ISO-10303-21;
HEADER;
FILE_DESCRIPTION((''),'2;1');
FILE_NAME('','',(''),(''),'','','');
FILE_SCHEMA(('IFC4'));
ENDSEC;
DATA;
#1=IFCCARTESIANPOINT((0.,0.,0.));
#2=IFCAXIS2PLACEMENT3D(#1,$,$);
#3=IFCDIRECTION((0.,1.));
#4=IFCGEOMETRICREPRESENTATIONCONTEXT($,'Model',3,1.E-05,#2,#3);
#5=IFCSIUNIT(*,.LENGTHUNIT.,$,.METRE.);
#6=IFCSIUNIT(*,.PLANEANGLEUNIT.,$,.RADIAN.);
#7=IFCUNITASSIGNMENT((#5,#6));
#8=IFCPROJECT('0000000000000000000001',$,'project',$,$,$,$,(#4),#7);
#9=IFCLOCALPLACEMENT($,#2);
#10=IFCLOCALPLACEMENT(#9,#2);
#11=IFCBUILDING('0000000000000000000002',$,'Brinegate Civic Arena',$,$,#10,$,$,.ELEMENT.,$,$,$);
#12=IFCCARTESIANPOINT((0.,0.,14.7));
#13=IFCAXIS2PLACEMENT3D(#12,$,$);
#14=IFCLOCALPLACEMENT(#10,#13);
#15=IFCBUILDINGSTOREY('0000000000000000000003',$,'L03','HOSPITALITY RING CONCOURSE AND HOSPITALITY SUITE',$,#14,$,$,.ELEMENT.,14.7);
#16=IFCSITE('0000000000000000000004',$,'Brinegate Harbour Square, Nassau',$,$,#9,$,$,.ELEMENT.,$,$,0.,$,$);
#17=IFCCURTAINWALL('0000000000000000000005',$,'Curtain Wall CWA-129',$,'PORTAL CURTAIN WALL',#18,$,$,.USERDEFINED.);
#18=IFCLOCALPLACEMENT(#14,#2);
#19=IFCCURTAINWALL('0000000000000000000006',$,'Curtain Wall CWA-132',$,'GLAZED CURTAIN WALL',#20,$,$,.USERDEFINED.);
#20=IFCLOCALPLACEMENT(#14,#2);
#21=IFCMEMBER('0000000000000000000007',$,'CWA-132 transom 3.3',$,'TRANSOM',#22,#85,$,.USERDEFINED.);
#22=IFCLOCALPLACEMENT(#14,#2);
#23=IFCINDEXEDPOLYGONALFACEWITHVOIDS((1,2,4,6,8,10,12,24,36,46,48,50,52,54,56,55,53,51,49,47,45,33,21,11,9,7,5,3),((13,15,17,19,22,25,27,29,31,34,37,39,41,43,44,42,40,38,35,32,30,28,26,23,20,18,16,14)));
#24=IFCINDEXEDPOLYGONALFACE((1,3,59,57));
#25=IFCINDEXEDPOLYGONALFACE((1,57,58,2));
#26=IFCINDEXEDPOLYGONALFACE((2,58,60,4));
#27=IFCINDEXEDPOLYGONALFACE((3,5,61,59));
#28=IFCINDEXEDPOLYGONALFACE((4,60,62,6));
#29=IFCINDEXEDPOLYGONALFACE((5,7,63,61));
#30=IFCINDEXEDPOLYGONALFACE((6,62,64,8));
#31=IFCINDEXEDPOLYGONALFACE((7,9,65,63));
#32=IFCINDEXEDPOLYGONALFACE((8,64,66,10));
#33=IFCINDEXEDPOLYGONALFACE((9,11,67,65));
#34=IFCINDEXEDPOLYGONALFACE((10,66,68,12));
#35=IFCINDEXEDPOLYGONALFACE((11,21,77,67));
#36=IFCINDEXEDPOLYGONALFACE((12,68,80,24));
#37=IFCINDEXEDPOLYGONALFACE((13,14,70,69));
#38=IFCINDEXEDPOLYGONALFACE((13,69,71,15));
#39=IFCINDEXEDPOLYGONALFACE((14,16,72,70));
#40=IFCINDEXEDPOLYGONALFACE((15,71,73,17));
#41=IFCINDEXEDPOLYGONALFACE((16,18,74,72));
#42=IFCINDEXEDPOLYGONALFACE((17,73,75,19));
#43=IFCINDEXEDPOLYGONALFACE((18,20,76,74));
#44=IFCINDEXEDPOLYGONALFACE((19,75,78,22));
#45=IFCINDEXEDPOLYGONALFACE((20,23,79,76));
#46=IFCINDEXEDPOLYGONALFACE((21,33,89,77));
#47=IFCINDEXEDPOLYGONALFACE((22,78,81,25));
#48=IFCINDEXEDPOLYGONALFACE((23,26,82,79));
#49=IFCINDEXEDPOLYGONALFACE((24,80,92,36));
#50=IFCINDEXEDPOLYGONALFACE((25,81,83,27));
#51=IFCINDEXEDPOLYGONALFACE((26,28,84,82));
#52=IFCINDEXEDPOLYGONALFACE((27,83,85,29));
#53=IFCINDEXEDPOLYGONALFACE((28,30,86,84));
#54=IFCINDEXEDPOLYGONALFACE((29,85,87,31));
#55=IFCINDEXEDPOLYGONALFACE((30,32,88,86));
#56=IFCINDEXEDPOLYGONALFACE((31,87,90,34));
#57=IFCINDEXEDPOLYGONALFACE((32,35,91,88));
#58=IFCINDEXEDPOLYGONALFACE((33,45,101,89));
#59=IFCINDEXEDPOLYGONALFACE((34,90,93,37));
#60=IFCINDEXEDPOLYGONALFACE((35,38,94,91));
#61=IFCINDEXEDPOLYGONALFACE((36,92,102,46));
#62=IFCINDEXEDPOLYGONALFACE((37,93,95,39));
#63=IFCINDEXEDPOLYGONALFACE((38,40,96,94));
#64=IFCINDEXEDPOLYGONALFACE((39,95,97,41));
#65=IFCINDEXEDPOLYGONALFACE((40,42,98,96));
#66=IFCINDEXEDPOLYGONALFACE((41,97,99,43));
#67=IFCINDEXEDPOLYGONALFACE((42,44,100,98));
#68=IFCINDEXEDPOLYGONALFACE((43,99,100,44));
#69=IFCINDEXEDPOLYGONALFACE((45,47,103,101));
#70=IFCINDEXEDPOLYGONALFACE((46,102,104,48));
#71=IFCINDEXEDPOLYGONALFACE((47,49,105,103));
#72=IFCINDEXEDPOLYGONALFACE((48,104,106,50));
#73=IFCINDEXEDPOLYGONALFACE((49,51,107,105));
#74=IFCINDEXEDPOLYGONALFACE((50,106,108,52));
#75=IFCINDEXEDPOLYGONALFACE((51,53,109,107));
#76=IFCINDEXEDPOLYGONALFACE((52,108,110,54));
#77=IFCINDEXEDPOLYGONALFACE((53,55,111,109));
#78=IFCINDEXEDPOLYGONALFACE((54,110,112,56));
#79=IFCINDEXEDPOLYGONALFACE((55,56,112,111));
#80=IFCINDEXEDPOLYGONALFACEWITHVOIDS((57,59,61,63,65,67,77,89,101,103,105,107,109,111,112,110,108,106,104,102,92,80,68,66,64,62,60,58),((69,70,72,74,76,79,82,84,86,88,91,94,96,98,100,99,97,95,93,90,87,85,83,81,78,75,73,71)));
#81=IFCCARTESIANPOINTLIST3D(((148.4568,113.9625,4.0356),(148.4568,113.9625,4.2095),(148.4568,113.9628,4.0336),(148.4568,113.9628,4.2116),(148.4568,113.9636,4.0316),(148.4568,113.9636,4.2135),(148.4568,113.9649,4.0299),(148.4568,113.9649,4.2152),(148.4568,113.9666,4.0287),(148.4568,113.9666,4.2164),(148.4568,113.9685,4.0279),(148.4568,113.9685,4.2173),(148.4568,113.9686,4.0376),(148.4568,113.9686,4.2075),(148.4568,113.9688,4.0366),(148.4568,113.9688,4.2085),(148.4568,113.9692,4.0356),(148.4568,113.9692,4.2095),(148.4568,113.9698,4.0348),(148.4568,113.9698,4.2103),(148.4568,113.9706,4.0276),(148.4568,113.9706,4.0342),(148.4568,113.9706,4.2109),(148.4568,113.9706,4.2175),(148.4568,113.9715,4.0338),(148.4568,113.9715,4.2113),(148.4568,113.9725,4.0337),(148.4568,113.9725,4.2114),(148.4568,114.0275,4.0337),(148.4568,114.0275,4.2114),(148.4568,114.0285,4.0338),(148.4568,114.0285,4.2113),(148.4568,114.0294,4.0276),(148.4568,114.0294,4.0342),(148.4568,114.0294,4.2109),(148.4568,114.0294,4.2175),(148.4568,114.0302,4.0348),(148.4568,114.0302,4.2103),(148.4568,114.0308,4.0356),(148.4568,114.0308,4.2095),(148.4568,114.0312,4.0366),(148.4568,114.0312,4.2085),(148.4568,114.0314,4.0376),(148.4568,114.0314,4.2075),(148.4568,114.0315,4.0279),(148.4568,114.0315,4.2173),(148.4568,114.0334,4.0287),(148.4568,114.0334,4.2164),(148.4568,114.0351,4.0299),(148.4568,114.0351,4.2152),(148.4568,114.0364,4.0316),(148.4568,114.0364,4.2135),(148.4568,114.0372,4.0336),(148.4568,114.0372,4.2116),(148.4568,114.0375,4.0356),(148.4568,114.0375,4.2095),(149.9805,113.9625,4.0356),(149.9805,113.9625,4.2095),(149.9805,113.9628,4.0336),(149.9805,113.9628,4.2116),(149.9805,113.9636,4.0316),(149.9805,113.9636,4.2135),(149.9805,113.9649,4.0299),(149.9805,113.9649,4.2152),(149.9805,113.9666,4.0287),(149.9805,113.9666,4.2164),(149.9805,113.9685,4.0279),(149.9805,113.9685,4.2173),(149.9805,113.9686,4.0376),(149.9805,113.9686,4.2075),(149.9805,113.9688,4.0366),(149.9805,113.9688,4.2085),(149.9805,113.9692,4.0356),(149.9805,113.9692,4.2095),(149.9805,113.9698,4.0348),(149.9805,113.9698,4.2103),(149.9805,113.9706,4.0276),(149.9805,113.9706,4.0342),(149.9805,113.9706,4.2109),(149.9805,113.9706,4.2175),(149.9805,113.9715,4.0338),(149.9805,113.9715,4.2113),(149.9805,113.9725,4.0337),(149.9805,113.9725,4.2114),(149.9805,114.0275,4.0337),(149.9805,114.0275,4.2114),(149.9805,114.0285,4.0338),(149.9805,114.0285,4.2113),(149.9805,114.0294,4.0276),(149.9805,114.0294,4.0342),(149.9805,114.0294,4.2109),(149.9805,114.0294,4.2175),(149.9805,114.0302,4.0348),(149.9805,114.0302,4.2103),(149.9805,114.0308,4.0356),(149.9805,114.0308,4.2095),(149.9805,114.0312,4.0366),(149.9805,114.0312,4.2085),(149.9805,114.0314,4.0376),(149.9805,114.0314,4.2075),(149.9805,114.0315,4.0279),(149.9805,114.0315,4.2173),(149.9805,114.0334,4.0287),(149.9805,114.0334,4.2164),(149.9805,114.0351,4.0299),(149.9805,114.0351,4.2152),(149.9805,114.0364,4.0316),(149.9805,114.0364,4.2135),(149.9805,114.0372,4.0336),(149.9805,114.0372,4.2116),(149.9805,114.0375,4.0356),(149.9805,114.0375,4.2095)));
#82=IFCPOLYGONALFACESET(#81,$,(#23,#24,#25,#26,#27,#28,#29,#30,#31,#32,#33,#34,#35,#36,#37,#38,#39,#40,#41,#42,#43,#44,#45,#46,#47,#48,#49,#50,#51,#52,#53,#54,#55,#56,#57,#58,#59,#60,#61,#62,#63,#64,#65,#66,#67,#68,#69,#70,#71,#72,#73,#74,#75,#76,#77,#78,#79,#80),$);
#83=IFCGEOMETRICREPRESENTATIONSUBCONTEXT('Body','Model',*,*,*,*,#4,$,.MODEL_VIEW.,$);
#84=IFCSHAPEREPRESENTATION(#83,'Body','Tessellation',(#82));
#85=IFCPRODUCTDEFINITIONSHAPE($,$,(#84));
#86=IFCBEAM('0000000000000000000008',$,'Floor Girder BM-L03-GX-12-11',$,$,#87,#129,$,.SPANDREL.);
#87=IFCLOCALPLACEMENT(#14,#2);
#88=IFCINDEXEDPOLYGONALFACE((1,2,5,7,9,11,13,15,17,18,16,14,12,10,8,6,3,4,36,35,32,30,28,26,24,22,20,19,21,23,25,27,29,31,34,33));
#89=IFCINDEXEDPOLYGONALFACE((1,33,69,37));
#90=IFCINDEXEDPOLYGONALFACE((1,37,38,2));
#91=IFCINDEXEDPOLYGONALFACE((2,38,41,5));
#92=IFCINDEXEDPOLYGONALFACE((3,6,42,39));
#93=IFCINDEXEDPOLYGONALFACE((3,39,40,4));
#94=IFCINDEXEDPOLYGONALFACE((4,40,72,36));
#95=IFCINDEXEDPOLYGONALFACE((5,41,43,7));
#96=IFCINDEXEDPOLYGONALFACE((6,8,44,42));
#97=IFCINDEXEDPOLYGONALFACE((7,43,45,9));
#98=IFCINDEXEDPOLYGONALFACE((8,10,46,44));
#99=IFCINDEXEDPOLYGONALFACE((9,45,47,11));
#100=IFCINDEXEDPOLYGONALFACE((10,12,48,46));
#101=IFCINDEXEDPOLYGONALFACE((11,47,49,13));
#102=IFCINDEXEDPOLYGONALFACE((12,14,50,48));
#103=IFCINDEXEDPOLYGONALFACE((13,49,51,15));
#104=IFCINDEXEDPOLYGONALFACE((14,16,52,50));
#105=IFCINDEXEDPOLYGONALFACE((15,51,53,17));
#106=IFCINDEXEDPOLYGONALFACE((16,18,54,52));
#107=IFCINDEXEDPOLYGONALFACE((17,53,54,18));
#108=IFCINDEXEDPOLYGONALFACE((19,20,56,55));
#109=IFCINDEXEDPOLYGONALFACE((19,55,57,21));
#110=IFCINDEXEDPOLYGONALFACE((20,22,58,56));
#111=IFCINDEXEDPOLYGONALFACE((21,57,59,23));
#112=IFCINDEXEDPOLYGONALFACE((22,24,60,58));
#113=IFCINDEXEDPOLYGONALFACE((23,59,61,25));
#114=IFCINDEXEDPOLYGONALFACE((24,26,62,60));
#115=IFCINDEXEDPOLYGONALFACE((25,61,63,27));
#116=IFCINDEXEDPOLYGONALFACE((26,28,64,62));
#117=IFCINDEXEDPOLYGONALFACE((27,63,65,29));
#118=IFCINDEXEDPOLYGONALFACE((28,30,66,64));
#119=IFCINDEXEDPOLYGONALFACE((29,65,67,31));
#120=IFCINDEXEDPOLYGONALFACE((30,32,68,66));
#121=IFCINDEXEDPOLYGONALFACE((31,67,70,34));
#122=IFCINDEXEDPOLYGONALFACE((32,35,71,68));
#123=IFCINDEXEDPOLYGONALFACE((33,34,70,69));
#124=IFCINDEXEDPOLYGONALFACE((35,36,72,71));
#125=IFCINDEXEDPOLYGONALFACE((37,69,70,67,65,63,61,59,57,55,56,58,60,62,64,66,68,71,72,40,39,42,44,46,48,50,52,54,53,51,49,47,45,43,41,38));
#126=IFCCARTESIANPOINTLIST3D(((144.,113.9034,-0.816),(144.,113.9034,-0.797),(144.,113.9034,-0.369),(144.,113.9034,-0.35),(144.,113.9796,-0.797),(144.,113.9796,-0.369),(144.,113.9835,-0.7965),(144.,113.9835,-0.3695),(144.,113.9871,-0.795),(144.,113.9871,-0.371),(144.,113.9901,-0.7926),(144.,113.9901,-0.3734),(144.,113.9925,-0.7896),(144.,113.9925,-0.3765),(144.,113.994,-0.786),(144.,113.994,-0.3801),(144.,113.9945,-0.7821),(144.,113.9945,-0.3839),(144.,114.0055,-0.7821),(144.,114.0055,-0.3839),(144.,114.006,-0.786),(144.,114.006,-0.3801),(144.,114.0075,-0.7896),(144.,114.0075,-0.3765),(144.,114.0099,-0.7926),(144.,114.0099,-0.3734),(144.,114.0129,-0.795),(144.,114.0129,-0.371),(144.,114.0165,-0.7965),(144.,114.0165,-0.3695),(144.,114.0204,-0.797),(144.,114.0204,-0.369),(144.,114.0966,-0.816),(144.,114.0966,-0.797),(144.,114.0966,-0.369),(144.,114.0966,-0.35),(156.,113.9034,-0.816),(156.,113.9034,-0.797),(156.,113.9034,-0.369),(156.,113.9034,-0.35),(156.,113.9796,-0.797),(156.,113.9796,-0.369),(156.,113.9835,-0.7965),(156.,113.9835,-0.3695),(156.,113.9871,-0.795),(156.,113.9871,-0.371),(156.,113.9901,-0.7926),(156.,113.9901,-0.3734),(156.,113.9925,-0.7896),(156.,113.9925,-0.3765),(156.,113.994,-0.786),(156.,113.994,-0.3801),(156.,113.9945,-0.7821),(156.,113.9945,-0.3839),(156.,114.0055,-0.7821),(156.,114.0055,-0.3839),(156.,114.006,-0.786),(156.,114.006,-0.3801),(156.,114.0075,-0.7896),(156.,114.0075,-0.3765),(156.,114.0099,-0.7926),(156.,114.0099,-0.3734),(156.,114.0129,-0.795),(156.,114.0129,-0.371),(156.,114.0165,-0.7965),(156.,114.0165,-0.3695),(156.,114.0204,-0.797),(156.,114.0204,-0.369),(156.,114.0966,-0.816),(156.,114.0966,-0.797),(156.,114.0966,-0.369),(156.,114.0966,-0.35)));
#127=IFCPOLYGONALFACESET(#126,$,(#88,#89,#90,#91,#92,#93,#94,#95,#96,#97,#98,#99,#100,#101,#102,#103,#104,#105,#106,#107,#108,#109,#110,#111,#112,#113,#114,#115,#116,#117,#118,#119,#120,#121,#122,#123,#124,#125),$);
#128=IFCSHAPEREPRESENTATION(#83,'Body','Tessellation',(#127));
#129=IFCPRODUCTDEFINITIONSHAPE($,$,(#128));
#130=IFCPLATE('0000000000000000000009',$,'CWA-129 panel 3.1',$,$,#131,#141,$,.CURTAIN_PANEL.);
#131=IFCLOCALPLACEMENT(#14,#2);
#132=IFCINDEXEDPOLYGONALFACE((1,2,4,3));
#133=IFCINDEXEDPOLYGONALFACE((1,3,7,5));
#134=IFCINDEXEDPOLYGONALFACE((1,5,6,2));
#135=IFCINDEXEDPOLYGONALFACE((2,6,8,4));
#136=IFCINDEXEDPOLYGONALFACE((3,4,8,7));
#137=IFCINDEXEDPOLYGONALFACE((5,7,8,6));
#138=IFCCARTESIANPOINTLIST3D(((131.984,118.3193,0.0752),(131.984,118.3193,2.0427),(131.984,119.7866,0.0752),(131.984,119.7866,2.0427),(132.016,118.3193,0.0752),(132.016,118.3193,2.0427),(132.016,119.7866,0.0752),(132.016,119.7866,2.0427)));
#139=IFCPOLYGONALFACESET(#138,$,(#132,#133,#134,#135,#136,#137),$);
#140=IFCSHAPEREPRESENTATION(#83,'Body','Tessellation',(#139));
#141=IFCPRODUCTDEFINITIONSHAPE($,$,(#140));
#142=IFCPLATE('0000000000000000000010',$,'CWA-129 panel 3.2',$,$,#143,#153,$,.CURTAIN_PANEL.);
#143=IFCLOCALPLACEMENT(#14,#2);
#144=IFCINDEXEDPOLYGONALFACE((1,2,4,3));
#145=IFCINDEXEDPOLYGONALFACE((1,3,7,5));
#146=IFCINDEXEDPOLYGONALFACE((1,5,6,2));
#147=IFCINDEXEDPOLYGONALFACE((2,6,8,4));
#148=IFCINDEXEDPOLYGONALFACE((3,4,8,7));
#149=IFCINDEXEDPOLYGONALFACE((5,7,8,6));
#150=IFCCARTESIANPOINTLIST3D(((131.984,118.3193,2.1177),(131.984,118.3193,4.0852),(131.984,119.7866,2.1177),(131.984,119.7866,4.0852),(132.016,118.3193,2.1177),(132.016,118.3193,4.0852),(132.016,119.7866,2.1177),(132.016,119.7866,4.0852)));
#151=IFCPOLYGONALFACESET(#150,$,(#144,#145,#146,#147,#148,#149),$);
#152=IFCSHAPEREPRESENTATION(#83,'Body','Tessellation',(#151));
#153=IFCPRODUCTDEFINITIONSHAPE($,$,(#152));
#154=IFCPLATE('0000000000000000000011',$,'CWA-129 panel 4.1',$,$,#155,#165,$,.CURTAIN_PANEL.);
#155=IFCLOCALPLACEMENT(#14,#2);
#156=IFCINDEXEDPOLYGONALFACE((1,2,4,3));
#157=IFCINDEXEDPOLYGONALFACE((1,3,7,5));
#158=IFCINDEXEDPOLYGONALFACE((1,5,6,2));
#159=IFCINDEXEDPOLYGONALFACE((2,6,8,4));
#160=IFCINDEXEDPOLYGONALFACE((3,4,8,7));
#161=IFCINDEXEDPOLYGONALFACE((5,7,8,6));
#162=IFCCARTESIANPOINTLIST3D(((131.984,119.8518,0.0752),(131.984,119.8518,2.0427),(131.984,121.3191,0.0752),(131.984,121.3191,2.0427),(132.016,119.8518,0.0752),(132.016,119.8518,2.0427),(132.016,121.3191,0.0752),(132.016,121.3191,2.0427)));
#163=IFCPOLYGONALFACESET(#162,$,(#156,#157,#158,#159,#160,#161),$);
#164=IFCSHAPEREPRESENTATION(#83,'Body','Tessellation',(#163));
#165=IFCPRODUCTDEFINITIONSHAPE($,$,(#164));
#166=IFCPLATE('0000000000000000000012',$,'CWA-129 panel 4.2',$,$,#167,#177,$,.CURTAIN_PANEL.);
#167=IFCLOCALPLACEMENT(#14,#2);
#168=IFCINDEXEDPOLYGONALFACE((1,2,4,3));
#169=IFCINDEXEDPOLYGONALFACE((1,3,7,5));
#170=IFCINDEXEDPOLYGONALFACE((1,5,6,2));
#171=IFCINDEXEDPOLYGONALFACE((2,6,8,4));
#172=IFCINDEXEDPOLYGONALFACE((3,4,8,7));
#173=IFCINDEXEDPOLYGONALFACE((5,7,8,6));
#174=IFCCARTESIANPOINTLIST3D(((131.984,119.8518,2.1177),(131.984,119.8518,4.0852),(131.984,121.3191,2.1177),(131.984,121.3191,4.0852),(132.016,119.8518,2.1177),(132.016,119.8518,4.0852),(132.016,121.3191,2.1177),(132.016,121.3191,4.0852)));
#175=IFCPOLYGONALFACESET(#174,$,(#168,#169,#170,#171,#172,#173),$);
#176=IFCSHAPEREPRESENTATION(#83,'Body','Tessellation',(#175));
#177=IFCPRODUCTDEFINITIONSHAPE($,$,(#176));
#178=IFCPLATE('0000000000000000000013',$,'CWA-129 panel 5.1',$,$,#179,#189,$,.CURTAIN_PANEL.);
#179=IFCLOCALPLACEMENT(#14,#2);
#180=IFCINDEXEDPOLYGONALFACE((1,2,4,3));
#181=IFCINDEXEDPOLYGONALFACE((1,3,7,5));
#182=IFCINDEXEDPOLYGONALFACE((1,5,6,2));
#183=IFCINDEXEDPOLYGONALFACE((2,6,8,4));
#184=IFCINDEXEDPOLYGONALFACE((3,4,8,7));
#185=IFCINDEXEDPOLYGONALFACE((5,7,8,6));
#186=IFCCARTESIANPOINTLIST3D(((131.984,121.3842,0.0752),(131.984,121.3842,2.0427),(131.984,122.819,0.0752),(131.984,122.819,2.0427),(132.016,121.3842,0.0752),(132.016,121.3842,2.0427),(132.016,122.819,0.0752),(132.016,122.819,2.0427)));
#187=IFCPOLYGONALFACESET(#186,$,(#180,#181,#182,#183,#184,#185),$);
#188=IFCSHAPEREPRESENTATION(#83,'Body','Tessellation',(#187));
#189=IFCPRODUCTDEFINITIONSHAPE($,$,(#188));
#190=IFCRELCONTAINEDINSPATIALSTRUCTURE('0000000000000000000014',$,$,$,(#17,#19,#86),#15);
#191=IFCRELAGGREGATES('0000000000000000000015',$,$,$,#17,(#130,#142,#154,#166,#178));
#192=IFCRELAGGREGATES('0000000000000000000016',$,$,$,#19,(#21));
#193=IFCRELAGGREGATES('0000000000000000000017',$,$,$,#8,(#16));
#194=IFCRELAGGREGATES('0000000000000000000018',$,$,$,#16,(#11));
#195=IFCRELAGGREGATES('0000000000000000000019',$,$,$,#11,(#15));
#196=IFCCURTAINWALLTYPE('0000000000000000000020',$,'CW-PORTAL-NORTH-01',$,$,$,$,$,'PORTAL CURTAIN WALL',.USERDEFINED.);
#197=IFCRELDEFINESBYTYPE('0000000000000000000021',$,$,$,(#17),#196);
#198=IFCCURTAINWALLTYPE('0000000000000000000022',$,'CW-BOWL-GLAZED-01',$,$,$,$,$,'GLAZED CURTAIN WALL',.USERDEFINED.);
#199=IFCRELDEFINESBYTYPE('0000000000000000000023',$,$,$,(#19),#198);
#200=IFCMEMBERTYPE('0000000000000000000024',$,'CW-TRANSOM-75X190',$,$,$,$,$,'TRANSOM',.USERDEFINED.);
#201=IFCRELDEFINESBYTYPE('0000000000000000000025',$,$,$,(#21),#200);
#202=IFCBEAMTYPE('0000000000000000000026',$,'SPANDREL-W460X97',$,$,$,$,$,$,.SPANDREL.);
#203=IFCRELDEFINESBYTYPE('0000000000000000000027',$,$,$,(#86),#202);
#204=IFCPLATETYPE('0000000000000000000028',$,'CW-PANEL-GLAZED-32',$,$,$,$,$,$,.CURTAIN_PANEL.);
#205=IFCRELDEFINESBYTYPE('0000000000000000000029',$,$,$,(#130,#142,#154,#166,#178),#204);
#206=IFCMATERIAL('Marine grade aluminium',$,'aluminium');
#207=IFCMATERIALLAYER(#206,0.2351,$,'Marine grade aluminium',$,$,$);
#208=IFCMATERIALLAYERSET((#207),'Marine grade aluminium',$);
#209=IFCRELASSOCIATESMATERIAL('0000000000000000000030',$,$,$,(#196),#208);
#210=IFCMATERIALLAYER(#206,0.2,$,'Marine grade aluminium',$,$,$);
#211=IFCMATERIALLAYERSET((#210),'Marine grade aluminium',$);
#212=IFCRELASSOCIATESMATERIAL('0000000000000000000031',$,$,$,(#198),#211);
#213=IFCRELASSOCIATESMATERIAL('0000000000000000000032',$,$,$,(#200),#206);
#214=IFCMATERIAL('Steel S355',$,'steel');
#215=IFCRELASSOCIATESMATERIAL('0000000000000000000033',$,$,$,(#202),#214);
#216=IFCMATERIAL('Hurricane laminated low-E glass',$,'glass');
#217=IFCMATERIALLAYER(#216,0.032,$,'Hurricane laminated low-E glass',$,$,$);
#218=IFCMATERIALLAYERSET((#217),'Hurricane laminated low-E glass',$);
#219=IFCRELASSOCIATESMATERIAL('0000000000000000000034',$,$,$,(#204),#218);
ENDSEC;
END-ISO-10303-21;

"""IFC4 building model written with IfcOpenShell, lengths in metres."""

from ifc_helpers import new_model, si_unit, direction, frame, origin, origin_2d, place, context, subcontext, project, spatial, rectangle, hollow_rectangle, i_section, extrude, material, layer, layer_set, material_profile, profile_set, type_object, element, aggregate, save


model = new_model("IFC4")

# Units and contexts
model_context = context("Model", 3, precision=1e-05, world=origin(), true_north=direction((0.0, 1.0)))
body_context = subcontext(model_context, "Body", "Model", "MODEL_VIEW")
ifc_project = project(units=[si_unit("LENGTHUNIT", "METRE"), si_unit("PLANEANGLEUNIT", "RADIAN")], contexts=[model_context])

# Site, building, storey
site_placement = place(None, origin())
site = spatial("IfcSite", under=ifc_project, at=site_placement, Name="Brinegate Harbour Square, Nassau", CompositionType="ELEMENT", RefElevation=0.0)
building_placement = place(site_placement, origin())
building = spatial("IfcBuilding", under=site, at=building_placement, Name="Brinegate Civic Arena", CompositionType="ELEMENT")
storey_placement = place(building_placement, frame((0.0, 0.0, 14.7)))
storey = spatial("IfcBuildingStorey", under=building, at=storey_placement, Name="L03", Description="HOSPITALITY RING CONCOURSE AND HOSPITALITY SUITE", CompositionType="ELEMENT", Elevation=14.7)

# Curtain walls
ifc_material_1 = material(Name="Marine grade aluminium", Category="aluminium")
ifc_layer_1 = layer(ifc_material_1, 0.2351, Name="Marine grade aluminium")
ifc_layer_set_1 = layer_set([ifc_layer_1], Name="Marine grade aluminium")
curtain_wall_type_1 = type_object("IfcCurtainWallType", Name="CW-PORTAL-NORTH-01", ElementType="PORTAL CURTAIN WALL", PredefinedType="USERDEFINED", material=ifc_layer_set_1)
curtain_wall_1_placement = place(storey_placement, origin())
curtain_wall_1 = element("IfcCurtainWall", 1, at=curtain_wall_1_placement, inside=storey, type_object=curtain_wall_type_1, Name="Curtain Wall CWA-129", ObjectType="PORTAL CURTAIN WALL", PredefinedType="USERDEFINED")
ifc_layer_2 = layer(ifc_material_1, 0.2, Name="Marine grade aluminium")
ifc_layer_set_2 = layer_set([ifc_layer_2], Name="Marine grade aluminium")
curtain_wall_type_2 = type_object("IfcCurtainWallType", Name="CW-BOWL-GLAZED-01", ElementType="GLAZED CURTAIN WALL", PredefinedType="USERDEFINED", material=ifc_layer_set_2)
curtain_wall_2_placement = place(storey_placement, origin())
curtain_wall_2 = element("IfcCurtainWall", 2, at=curtain_wall_2_placement, inside=storey, type_object=curtain_wall_type_2, Name="Curtain Wall CWA-132", ObjectType="GLAZED CURTAIN WALL", PredefinedType="USERDEFINED")

# Member
ifc_material_profile_1 = material_profile(ifc_material_1, hollow_rectangle(XDim=0.075, YDim=0.1899, WallThickness=0.0061, InnerFilletRadius=0.0039, OuterFilletRadius=0.0081, at=origin_2d()), Name="TRN75X190")
ifc_profile_set_1 = profile_set([ifc_material_profile_1], Name="Marine grade aluminium")
member_type_1 = type_object("IfcMemberType", Name="CW-TRANSOM-75X190", ElementType="TRANSOM", PredefinedType="USERDEFINED", material=ifc_profile_set_1)
member_1_placement = place(storey_placement, frame((148.4568, 114.0, 4.1226), z_axis=(1.0, 0.0, 0.0), x_axis=(0.0, 1.0, 0.0)))
member_1 = element("IfcMember", 3, at=member_1_placement, type_object=member_type_1, Name="CWA-132 transom 3.3", ObjectType="TRANSOM", PredefinedType="USERDEFINED", context=body_context, shape_type="SweptSolid", body=[
    extrude(hollow_rectangle(XDim=0.075, YDim=0.1899, WallThickness=0.0061, InnerFilletRadius=0.0039, OuterFilletRadius=0.0081, at=origin_2d()), origin(), (0.0, 0.0, 1.0), 1.5237),
])

# Beam
ifc_material_2 = material(Name="Steel S355", Category="steel")
ifc_material_profile_2 = material_profile(ifc_material_2, i_section(OverallWidth=0.1931, OverallDepth=0.4661, WebThickness=0.011, FlangeThickness=0.019, FilletRadius=0.0149, at=origin_2d()), Name="W460X97")
ifc_profile_set_2 = profile_set([ifc_material_profile_2], Name="Steel S355")
beam_type = type_object("IfcBeamType", Name="SPANDREL-W460X97", PredefinedType="SPANDREL", material=ifc_profile_set_2)
beam_placement = place(storey_placement, frame((144.0, 114.0, -0.583), z_axis=(1.0, 0.0, 0.0), x_axis=(0.0, 1.0, 0.0)))
element("IfcBeam", 4, at=beam_placement, inside=storey, type_object=beam_type, Name="Floor Girder BM-L03-GX-12-11", PredefinedType="SPANDREL", context=body_context, shape_type="SweptSolid", body=[
    extrude(i_section(OverallWidth=0.1931, OverallDepth=0.4661, WebThickness=0.011, FlangeThickness=0.019, FilletRadius=0.0149, at=origin_2d()), origin(), (0.0, 0.0, 1.0), 12.0),
])

# Plates
ifc_material_3 = material(Name="Hurricane laminated low-E glass", Category="glass")
ifc_layer_3 = layer(ifc_material_3, 0.032, Name="Hurricane laminated low-E glass")
ifc_layer_set_3 = layer_set([ifc_layer_3], Name="Hurricane laminated low-E glass")
plate_type_1 = type_object("IfcPlateType", Name="CW-PANEL-GLAZED-32", PredefinedType="CURTAIN_PANEL", material=ifc_layer_set_3)
plate_1_placement = place(storey_placement, frame((132.0, 119.053, 0.0752), z_axis=(0.0, 0.0, 1.0), x_axis=(0.0, 1.0, 0.0)))
plate_1 = element("IfcPlate", 5, at=plate_1_placement, type_object=plate_type_1, Name="CWA-129 panel 3.1", PredefinedType="CURTAIN_PANEL", context=body_context, shape_type="SweptSolid", body=[
    extrude(rectangle(XDim=1.4673, YDim=0.032, at=origin_2d()), origin(), (0.0, 0.0, 1.0), 1.9675),
])
plate_2_placement = place(storey_placement, frame((132.0, 119.053, 2.1177), z_axis=(0.0, 0.0, 1.0), x_axis=(0.0, 1.0, 0.0)))
plate_2 = element("IfcPlate", 6, at=plate_2_placement, type_object=plate_type_1, Name="CWA-129 panel 3.2", PredefinedType="CURTAIN_PANEL", context=body_context, shape_type="SweptSolid", body=[
    extrude(rectangle(XDim=1.4673, YDim=0.032, at=origin_2d()), origin(), (0.0, 0.0, 1.0), 1.9675),
])
plate_3_placement = place(storey_placement, frame((132.0, 120.5854, 0.0752), z_axis=(0.0, 0.0, 1.0), x_axis=(0.0, 1.0, 0.0)))
plate_3 = element("IfcPlate", 7, at=plate_3_placement, type_object=plate_type_1, Name="CWA-129 panel 4.1", PredefinedType="CURTAIN_PANEL", context=body_context, shape_type="SweptSolid", body=[
    extrude(rectangle(XDim=1.4673, YDim=0.032, at=origin_2d()), origin(), (0.0, 0.0, 1.0), 1.9675),
])
plate_4_placement = place(storey_placement, frame((132.0, 120.5854, 2.1177), z_axis=(0.0, 0.0, 1.0), x_axis=(0.0, 1.0, 0.0)))
plate_4 = element("IfcPlate", 8, at=plate_4_placement, type_object=plate_type_1, Name="CWA-129 panel 4.2", PredefinedType="CURTAIN_PANEL", context=body_context, shape_type="SweptSolid", body=[
    extrude(rectangle(XDim=1.4673, YDim=0.032, at=origin_2d()), origin(), (0.0, 0.0, 1.0), 1.9675),
])
plate_5_placement = place(storey_placement, frame((132.0, 122.1016, 0.0752), z_axis=(0.0, 0.0, 1.0), x_axis=(0.0, 1.0, 0.0)))
plate_5 = element("IfcPlate", 9, at=plate_5_placement, type_object=plate_type_1, Name="CWA-129 panel 5.1", PredefinedType="CURTAIN_PANEL", context=body_context, shape_type="SweptSolid", body=[
    extrude(rectangle(XDim=1.4348, YDim=0.032, at=origin_2d()), origin(), (0.0, 0.0, 1.0), 1.9675),
])
aggregate(curtain_wall_1, [plate_1, plate_2, plate_3, plate_4, plate_5])
aggregate(curtain_wall_2, [member_1])

save(model, "model.ifc")
